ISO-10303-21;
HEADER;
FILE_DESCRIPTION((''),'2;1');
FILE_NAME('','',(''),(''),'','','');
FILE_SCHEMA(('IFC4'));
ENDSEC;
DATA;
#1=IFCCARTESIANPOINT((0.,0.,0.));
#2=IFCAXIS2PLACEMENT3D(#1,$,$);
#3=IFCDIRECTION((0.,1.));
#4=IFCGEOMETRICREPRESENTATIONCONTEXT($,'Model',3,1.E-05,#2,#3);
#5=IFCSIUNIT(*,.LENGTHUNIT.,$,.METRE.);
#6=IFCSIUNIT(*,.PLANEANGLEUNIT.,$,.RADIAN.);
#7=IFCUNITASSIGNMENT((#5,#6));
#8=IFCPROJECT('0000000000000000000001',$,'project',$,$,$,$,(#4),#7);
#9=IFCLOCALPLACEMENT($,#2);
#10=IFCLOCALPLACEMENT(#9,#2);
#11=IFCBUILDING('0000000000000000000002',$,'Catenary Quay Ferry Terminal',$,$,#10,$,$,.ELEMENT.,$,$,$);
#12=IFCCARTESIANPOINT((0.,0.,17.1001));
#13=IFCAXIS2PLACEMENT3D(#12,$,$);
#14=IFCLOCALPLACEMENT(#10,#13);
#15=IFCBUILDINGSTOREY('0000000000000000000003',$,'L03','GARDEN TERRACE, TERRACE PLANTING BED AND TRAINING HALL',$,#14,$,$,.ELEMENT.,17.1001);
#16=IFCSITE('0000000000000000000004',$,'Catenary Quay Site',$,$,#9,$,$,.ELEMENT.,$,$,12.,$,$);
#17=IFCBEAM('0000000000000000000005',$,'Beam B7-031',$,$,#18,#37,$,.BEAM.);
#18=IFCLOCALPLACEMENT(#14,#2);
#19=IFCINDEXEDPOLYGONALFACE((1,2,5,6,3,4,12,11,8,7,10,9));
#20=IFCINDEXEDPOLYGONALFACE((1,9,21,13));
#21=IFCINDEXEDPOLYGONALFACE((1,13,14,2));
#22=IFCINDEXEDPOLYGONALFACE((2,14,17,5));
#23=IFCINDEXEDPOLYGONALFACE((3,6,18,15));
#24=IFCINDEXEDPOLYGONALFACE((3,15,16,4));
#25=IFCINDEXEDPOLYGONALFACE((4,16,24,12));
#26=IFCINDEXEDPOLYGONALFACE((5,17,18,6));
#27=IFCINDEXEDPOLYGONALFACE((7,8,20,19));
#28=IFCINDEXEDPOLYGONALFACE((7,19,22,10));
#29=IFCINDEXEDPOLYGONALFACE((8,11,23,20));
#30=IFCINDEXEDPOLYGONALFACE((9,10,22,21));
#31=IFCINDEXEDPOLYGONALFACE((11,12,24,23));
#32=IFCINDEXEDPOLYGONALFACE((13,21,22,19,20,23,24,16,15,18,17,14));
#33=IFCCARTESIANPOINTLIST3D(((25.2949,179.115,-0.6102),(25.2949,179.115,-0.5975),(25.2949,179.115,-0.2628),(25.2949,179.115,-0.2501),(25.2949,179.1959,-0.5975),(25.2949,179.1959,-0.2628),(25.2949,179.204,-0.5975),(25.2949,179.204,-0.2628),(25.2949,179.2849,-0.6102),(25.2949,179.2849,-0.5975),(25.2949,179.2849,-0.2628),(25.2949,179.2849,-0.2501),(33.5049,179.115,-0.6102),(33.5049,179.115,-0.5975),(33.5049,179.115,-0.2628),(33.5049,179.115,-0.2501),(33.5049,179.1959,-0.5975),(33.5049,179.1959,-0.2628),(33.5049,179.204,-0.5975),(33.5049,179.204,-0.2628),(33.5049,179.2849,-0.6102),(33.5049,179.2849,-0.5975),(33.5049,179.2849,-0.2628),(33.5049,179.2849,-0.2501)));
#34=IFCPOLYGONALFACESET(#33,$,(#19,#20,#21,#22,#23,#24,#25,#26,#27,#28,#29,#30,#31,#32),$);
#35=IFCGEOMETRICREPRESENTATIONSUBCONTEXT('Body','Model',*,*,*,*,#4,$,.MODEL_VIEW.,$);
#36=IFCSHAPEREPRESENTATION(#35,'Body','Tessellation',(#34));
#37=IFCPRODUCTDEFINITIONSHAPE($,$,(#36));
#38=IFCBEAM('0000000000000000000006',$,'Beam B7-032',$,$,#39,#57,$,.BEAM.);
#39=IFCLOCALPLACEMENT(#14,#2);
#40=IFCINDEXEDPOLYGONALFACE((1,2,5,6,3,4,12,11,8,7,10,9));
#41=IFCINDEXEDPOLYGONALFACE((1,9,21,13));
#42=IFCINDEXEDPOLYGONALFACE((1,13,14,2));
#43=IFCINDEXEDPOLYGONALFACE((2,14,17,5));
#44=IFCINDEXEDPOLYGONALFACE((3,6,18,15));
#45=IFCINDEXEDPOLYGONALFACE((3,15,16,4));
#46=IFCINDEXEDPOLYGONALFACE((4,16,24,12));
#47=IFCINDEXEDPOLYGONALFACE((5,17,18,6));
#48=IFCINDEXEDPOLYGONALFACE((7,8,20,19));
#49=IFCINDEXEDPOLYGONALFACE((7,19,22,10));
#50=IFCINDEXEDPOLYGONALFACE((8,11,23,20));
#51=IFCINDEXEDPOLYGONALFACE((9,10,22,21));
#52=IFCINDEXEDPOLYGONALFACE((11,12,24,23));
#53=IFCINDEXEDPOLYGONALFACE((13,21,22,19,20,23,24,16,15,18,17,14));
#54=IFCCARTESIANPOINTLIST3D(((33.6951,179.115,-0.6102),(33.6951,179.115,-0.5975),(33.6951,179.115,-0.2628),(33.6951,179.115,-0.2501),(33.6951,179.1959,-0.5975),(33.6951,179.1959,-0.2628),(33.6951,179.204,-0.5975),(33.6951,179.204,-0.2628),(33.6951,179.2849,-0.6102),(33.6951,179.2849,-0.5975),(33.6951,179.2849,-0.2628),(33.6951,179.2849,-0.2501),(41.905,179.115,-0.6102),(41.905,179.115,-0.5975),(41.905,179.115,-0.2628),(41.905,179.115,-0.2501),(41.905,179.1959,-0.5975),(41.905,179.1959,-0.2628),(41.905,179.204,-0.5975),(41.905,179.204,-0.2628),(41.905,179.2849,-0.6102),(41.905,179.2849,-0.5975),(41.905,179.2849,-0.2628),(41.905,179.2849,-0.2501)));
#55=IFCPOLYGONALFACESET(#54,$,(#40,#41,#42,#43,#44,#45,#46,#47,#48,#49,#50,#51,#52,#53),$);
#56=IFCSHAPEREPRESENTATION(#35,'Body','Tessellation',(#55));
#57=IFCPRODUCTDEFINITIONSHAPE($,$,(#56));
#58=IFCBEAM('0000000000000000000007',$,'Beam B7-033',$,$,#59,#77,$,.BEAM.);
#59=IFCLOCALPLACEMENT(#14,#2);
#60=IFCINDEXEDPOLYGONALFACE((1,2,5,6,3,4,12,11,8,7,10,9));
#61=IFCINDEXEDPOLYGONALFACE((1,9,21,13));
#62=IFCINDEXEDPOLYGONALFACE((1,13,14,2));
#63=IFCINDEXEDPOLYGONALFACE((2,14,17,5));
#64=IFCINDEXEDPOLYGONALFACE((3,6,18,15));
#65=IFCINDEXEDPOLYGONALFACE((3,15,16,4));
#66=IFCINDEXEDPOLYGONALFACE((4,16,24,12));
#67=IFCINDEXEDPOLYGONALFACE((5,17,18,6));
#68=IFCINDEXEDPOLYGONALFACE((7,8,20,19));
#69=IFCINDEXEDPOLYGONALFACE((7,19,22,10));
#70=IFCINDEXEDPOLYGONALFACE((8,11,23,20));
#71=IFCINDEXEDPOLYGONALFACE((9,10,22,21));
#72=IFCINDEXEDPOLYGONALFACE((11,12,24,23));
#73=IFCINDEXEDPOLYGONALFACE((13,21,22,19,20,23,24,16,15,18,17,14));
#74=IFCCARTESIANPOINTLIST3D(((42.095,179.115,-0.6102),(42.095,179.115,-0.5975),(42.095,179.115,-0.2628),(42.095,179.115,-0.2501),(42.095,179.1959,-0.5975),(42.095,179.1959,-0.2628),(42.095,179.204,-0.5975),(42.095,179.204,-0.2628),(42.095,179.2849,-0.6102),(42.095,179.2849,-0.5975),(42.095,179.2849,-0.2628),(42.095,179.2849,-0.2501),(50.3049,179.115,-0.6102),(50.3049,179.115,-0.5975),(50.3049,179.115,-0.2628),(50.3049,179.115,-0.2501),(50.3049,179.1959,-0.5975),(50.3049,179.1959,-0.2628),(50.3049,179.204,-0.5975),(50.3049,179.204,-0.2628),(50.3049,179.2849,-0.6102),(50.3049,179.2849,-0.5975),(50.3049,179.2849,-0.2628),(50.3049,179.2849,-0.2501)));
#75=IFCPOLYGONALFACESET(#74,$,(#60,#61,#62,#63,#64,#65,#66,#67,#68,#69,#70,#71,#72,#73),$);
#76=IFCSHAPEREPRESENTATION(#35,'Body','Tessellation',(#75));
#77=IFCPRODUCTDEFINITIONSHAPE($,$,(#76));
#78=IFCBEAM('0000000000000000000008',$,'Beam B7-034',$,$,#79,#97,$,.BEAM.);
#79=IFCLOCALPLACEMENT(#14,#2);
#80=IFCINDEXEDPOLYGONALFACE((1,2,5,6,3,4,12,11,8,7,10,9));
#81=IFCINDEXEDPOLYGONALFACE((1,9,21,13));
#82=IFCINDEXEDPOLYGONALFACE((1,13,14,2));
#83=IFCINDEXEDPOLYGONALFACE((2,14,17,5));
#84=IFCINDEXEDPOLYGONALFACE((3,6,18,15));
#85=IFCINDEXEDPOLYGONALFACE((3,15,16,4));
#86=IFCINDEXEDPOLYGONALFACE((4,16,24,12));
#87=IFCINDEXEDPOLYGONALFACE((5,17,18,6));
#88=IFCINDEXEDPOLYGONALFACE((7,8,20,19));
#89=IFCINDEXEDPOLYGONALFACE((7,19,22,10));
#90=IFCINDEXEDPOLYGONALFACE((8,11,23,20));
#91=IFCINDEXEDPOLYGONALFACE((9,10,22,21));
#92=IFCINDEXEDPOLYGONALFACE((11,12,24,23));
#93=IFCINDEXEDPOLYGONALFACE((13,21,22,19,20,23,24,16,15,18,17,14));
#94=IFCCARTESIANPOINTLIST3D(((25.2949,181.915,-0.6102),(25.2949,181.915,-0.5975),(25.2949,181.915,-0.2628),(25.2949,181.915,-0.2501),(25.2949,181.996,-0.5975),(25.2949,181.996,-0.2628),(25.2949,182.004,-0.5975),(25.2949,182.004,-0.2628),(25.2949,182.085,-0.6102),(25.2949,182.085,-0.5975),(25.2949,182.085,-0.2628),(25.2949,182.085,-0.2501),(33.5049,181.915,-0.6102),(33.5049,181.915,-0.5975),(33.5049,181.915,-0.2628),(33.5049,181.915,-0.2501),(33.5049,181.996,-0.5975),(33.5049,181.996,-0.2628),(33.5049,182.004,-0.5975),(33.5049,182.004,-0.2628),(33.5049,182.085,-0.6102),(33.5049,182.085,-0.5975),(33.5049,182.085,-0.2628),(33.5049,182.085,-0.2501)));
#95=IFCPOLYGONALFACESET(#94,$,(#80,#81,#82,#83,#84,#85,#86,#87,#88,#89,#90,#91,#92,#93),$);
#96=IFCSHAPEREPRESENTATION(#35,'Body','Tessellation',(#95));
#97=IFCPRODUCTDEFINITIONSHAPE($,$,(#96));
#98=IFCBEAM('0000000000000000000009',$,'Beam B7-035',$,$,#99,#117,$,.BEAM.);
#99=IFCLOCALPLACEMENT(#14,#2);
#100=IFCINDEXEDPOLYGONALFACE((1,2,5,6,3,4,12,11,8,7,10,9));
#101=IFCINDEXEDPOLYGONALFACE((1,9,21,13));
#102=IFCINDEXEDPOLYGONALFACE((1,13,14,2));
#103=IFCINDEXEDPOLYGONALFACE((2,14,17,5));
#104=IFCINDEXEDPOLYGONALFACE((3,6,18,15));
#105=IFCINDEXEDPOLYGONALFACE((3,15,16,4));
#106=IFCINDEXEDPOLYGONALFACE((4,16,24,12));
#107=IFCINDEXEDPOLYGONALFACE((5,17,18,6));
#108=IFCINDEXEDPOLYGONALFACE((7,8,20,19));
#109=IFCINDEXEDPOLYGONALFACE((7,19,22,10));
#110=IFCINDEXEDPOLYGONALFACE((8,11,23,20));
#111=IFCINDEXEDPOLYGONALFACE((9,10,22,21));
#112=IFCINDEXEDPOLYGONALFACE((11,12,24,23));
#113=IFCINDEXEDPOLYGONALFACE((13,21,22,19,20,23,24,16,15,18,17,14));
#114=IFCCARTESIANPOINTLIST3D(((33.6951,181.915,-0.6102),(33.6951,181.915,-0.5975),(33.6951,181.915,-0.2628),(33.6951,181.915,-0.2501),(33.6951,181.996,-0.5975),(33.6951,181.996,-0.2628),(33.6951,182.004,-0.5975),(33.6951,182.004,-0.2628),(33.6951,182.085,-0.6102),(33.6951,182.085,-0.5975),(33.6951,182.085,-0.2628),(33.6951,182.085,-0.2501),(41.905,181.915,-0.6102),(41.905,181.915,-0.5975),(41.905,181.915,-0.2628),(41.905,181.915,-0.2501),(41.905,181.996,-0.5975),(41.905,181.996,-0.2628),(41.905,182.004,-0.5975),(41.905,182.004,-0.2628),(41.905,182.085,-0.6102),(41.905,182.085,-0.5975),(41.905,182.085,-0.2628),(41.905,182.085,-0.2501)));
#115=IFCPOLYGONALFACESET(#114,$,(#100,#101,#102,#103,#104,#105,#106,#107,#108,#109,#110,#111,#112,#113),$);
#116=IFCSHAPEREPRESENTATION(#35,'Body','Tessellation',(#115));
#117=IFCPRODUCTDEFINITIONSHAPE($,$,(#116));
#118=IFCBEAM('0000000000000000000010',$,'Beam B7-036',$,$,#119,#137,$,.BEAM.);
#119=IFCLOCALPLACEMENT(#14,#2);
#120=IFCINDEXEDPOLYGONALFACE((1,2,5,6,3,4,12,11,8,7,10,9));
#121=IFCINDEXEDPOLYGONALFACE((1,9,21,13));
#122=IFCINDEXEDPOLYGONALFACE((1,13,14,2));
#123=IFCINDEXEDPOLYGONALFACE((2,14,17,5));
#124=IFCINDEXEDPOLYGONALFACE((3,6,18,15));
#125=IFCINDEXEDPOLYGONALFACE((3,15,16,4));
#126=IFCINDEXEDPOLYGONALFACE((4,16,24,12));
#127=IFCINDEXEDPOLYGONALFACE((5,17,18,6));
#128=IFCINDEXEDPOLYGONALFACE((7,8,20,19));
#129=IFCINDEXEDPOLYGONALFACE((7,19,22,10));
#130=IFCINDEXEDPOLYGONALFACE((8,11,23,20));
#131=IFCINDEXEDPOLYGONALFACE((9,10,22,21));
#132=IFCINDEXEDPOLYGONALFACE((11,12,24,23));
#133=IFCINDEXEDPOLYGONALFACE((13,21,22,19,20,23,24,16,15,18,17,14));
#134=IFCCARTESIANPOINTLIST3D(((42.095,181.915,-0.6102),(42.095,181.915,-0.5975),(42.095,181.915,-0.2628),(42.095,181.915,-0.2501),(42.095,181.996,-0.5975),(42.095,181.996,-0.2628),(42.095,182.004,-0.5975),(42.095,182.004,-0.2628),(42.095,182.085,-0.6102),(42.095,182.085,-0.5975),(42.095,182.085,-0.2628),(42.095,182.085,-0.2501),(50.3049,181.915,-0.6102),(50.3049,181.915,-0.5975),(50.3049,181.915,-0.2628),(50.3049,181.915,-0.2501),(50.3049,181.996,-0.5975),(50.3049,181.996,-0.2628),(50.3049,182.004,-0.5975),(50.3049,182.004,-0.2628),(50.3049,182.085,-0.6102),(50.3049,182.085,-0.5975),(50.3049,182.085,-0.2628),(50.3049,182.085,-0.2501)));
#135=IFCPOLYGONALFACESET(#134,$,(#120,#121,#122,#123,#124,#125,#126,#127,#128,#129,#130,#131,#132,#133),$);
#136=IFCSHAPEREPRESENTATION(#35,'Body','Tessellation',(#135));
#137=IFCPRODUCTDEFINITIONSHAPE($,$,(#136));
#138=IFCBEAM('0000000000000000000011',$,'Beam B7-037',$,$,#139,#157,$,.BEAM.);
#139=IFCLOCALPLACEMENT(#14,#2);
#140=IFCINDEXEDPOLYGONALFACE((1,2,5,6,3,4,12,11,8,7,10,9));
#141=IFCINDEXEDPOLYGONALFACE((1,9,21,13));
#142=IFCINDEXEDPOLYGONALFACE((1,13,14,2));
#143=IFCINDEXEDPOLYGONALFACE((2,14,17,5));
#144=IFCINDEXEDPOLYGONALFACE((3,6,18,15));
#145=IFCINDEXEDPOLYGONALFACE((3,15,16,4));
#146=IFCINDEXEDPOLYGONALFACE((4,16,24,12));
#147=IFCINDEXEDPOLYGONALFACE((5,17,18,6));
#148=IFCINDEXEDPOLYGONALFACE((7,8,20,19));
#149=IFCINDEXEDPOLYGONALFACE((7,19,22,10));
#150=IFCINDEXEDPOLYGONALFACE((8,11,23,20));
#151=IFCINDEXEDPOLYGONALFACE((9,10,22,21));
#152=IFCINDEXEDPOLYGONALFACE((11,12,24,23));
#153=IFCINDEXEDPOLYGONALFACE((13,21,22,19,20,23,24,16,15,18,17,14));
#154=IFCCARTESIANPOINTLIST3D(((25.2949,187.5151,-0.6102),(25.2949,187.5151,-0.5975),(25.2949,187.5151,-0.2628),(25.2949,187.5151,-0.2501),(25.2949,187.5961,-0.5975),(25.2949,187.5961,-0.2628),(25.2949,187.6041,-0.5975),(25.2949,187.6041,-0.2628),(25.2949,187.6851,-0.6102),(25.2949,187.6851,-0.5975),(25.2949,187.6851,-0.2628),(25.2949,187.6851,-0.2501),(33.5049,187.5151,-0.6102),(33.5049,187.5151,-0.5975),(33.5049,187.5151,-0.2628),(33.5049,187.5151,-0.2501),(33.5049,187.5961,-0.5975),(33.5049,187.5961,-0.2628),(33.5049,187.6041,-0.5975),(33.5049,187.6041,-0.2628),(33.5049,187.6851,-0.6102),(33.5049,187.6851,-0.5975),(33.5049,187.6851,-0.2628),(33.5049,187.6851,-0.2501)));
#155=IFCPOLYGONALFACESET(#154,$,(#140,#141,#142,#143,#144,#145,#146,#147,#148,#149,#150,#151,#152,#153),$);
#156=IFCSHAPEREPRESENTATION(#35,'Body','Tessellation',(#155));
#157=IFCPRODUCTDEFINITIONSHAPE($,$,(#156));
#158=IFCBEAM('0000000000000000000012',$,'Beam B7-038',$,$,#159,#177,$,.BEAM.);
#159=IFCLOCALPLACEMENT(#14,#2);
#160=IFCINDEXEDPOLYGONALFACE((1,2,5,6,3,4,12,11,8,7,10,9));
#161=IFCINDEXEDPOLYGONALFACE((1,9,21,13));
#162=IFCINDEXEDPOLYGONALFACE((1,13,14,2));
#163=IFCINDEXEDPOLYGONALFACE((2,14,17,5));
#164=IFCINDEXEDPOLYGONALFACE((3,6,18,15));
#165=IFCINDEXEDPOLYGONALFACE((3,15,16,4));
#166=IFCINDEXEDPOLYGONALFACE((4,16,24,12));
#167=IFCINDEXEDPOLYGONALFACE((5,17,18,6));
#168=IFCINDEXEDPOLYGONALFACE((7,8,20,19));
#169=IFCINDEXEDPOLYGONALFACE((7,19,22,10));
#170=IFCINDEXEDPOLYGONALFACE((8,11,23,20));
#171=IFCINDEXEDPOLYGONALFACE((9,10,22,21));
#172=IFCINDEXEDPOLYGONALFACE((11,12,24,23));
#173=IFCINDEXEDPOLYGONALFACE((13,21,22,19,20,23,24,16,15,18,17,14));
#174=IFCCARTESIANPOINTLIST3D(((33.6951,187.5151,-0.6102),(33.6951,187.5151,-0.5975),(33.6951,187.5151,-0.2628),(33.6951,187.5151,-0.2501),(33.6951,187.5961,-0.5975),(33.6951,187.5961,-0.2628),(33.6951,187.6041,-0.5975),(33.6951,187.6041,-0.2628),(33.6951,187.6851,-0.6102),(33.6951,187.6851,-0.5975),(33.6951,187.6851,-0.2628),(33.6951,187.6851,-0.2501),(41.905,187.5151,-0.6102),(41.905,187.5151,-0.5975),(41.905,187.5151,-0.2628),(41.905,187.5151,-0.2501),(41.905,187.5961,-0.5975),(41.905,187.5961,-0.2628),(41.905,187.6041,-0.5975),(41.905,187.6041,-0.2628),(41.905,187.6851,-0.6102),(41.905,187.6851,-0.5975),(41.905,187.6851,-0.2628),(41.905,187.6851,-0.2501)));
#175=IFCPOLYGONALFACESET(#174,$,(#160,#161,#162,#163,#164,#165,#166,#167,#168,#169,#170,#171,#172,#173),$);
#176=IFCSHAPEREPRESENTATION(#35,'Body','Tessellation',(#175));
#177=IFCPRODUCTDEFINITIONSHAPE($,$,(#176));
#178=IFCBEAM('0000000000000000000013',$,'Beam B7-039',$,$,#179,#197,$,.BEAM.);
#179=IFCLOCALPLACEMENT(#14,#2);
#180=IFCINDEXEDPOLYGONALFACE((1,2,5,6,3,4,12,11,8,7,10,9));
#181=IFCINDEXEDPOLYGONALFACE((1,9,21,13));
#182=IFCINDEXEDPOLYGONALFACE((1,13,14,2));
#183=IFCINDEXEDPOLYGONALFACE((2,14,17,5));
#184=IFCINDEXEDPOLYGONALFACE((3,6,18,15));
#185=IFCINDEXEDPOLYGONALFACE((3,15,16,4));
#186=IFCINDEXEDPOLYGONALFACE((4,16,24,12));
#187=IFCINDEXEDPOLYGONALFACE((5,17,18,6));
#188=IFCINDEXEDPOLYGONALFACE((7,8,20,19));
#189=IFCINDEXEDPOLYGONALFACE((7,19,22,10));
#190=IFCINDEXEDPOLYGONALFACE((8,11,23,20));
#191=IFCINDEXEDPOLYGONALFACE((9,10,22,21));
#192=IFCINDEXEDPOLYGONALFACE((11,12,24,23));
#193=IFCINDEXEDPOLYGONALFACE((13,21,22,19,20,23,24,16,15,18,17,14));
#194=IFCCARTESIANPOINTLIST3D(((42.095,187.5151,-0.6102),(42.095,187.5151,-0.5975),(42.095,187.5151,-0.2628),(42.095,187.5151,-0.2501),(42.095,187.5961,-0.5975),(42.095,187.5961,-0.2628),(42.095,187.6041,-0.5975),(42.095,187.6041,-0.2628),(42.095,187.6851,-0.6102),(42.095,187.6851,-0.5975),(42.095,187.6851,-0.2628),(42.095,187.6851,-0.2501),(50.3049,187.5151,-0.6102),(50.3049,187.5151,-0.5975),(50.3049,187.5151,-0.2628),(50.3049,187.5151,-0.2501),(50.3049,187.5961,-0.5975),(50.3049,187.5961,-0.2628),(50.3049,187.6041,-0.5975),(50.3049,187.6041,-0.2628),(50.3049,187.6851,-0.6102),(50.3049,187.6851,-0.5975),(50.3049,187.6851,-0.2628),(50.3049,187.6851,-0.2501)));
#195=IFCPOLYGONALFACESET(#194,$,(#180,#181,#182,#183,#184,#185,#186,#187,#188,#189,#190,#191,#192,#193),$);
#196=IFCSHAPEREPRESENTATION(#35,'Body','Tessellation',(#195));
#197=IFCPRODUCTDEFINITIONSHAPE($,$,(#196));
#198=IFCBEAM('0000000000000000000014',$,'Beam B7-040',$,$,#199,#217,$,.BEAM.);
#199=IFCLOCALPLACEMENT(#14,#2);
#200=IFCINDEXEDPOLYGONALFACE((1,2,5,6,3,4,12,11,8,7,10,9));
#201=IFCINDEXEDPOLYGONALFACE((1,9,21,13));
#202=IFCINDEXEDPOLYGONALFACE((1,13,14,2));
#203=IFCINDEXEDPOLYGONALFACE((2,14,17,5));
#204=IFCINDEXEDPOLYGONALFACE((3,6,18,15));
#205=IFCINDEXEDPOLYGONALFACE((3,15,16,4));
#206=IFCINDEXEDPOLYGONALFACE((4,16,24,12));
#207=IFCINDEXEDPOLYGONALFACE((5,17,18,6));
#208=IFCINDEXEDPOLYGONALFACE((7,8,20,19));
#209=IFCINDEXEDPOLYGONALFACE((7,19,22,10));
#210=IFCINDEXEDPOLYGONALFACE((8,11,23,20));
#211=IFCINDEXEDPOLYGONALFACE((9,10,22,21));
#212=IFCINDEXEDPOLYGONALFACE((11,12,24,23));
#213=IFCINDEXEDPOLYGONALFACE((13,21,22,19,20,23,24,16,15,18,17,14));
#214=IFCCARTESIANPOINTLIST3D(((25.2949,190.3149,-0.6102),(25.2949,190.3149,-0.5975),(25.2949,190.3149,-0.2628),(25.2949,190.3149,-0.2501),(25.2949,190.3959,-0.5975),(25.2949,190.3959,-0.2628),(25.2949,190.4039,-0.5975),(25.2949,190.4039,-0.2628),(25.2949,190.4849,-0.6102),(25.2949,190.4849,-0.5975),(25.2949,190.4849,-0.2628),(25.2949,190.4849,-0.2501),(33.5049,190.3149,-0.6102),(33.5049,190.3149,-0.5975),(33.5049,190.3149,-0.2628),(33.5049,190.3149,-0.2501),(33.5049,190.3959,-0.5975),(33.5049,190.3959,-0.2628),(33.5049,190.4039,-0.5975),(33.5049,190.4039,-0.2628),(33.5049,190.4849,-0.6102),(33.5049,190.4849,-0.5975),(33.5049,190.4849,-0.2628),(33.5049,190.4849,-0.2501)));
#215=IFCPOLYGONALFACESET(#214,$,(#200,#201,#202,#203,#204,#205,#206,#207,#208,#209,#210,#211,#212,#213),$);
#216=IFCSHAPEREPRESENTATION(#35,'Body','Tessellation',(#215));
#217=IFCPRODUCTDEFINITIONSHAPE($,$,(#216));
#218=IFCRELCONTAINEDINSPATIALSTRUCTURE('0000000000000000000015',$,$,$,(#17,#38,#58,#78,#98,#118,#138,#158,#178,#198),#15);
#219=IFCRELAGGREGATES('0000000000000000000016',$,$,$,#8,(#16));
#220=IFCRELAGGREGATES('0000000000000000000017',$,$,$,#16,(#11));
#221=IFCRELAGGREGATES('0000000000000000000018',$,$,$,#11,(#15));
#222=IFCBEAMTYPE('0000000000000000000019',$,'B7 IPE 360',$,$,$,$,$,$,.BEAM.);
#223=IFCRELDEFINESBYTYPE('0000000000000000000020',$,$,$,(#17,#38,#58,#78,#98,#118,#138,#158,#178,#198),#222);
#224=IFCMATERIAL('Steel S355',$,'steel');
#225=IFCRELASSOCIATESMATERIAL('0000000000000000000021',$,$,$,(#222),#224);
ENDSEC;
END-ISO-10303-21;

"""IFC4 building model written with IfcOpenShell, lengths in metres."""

from ifc_helpers import new_model, si_unit, direction, frame, origin, origin_2d, place, context, subcontext, project, spatial, i_section, extrude, material, material_profile, profile_set, type_object, element, save


model = new_model("IFC4")

# Units and contexts
model_context = context("Model", 3, precision=1e-05, world=origin(), true_north=direction((0.0, 1.0)))
body_context = subcontext(model_context, "Body", "Model", "MODEL_VIEW")
ifc_project = project(units=[si_unit("LENGTHUNIT", "METRE"), si_unit("PLANEANGLEUNIT", "RADIAN")], contexts=[model_context])

# Site, building, storey
site_placement = place(None, origin())
site = spatial("IfcSite", under=ifc_project, at=site_placement, Name="Catenary Quay Site", CompositionType="ELEMENT", RefElevation=12.0)
building_placement = place(site_placement, origin())
building = spatial("IfcBuilding", under=site, at=building_placement, Name="Catenary Quay Ferry Terminal", CompositionType="ELEMENT")
storey_placement = place(building_placement, frame((0.0, 0.0, 17.1001)))
storey = spatial("IfcBuildingStorey", under=building, at=storey_placement, Name="L03", Description="GARDEN TERRACE, TERRACE PLANTING BED AND TRAINING HALL", CompositionType="ELEMENT", Elevation=17.1001)

# Beams
ifc_material_1 = material(Name="Steel S355", Category="steel")
ifc_material_profile_1 = material_profile(ifc_material_1, i_section(OverallWidth=0.1699, OverallDepth=0.3601, WebThickness=0.0081, FlangeThickness=0.0127, at=origin_2d()), Name="IPE 360")
ifc_profile_set_1 = profile_set([ifc_material_profile_1], Name="Steel S355")
beam_type_1 = type_object("IfcBeamType", Name="B7 IPE 360", PredefinedType="BEAM", material=ifc_profile_set_1)
for number, where, z_axis, x_axis, name in (
    (1, (25.2949, 179.2, -0.4302), (1.0, 0.0, 0.0), (0.0, 1.0, 0.0), "Beam B7-031"),
    (2, (33.6951, 179.2, -0.4302), (1.0, 0.0, 0.0), (0.0, 1.0, 0.0), "Beam B7-032"),
    (3, (42.095, 179.2, -0.4302), (1.0, 0.0, 0.0), (0.0, 1.0, 0.0), "Beam B7-033"),
    (4, (25.2949, 182.0, -0.4302), (1.0, 0.0, 0.0), (0.0, 1.0, 0.0), "Beam B7-034"),
    (5, (33.6951, 182.0, -0.4302), (1.0, 0.0, 0.0), (0.0, 1.0, 0.0), "Beam B7-035"),
    (6, (42.095, 182.0, -0.4302), (1.0, 0.0, 0.0), (0.0, 1.0, 0.0), "Beam B7-036"),
    (7, (25.2949, 187.6001, -0.4302), (1.0, 0.0, 0.0), (0.0, 1.0, 0.0), "Beam B7-037"),
    (8, (33.6951, 187.6001, -0.4302), (1.0, 0.0, 0.0), (0.0, 1.0, 0.0), "Beam B7-038"),
    (9, (42.095, 187.6001, -0.4302), (1.0, 0.0, 0.0), (0.0, 1.0, 0.0), "Beam B7-039"),
    (10, (25.2949, 190.3999, -0.4302), (1.0, 0.0, 0.0), (0.0, 1.0, 0.0), "Beam B7-040"),
):
    element("IfcBeam", number, at=place(storey_placement, frame(where, z_axis=z_axis, x_axis=x_axis)), inside=storey, type_object=beam_type_1, Name=name, PredefinedType="BEAM", context=body_context, shape_type="SweptSolid", body=[
        extrude(i_section(OverallWidth=0.1699, OverallDepth=0.3601, WebThickness=0.0081, FlangeThickness=0.0127, at=origin_2d()), origin(), (0.0, 0.0, 1.0), 8.21),
    ])

save(model, "model.ifc")
